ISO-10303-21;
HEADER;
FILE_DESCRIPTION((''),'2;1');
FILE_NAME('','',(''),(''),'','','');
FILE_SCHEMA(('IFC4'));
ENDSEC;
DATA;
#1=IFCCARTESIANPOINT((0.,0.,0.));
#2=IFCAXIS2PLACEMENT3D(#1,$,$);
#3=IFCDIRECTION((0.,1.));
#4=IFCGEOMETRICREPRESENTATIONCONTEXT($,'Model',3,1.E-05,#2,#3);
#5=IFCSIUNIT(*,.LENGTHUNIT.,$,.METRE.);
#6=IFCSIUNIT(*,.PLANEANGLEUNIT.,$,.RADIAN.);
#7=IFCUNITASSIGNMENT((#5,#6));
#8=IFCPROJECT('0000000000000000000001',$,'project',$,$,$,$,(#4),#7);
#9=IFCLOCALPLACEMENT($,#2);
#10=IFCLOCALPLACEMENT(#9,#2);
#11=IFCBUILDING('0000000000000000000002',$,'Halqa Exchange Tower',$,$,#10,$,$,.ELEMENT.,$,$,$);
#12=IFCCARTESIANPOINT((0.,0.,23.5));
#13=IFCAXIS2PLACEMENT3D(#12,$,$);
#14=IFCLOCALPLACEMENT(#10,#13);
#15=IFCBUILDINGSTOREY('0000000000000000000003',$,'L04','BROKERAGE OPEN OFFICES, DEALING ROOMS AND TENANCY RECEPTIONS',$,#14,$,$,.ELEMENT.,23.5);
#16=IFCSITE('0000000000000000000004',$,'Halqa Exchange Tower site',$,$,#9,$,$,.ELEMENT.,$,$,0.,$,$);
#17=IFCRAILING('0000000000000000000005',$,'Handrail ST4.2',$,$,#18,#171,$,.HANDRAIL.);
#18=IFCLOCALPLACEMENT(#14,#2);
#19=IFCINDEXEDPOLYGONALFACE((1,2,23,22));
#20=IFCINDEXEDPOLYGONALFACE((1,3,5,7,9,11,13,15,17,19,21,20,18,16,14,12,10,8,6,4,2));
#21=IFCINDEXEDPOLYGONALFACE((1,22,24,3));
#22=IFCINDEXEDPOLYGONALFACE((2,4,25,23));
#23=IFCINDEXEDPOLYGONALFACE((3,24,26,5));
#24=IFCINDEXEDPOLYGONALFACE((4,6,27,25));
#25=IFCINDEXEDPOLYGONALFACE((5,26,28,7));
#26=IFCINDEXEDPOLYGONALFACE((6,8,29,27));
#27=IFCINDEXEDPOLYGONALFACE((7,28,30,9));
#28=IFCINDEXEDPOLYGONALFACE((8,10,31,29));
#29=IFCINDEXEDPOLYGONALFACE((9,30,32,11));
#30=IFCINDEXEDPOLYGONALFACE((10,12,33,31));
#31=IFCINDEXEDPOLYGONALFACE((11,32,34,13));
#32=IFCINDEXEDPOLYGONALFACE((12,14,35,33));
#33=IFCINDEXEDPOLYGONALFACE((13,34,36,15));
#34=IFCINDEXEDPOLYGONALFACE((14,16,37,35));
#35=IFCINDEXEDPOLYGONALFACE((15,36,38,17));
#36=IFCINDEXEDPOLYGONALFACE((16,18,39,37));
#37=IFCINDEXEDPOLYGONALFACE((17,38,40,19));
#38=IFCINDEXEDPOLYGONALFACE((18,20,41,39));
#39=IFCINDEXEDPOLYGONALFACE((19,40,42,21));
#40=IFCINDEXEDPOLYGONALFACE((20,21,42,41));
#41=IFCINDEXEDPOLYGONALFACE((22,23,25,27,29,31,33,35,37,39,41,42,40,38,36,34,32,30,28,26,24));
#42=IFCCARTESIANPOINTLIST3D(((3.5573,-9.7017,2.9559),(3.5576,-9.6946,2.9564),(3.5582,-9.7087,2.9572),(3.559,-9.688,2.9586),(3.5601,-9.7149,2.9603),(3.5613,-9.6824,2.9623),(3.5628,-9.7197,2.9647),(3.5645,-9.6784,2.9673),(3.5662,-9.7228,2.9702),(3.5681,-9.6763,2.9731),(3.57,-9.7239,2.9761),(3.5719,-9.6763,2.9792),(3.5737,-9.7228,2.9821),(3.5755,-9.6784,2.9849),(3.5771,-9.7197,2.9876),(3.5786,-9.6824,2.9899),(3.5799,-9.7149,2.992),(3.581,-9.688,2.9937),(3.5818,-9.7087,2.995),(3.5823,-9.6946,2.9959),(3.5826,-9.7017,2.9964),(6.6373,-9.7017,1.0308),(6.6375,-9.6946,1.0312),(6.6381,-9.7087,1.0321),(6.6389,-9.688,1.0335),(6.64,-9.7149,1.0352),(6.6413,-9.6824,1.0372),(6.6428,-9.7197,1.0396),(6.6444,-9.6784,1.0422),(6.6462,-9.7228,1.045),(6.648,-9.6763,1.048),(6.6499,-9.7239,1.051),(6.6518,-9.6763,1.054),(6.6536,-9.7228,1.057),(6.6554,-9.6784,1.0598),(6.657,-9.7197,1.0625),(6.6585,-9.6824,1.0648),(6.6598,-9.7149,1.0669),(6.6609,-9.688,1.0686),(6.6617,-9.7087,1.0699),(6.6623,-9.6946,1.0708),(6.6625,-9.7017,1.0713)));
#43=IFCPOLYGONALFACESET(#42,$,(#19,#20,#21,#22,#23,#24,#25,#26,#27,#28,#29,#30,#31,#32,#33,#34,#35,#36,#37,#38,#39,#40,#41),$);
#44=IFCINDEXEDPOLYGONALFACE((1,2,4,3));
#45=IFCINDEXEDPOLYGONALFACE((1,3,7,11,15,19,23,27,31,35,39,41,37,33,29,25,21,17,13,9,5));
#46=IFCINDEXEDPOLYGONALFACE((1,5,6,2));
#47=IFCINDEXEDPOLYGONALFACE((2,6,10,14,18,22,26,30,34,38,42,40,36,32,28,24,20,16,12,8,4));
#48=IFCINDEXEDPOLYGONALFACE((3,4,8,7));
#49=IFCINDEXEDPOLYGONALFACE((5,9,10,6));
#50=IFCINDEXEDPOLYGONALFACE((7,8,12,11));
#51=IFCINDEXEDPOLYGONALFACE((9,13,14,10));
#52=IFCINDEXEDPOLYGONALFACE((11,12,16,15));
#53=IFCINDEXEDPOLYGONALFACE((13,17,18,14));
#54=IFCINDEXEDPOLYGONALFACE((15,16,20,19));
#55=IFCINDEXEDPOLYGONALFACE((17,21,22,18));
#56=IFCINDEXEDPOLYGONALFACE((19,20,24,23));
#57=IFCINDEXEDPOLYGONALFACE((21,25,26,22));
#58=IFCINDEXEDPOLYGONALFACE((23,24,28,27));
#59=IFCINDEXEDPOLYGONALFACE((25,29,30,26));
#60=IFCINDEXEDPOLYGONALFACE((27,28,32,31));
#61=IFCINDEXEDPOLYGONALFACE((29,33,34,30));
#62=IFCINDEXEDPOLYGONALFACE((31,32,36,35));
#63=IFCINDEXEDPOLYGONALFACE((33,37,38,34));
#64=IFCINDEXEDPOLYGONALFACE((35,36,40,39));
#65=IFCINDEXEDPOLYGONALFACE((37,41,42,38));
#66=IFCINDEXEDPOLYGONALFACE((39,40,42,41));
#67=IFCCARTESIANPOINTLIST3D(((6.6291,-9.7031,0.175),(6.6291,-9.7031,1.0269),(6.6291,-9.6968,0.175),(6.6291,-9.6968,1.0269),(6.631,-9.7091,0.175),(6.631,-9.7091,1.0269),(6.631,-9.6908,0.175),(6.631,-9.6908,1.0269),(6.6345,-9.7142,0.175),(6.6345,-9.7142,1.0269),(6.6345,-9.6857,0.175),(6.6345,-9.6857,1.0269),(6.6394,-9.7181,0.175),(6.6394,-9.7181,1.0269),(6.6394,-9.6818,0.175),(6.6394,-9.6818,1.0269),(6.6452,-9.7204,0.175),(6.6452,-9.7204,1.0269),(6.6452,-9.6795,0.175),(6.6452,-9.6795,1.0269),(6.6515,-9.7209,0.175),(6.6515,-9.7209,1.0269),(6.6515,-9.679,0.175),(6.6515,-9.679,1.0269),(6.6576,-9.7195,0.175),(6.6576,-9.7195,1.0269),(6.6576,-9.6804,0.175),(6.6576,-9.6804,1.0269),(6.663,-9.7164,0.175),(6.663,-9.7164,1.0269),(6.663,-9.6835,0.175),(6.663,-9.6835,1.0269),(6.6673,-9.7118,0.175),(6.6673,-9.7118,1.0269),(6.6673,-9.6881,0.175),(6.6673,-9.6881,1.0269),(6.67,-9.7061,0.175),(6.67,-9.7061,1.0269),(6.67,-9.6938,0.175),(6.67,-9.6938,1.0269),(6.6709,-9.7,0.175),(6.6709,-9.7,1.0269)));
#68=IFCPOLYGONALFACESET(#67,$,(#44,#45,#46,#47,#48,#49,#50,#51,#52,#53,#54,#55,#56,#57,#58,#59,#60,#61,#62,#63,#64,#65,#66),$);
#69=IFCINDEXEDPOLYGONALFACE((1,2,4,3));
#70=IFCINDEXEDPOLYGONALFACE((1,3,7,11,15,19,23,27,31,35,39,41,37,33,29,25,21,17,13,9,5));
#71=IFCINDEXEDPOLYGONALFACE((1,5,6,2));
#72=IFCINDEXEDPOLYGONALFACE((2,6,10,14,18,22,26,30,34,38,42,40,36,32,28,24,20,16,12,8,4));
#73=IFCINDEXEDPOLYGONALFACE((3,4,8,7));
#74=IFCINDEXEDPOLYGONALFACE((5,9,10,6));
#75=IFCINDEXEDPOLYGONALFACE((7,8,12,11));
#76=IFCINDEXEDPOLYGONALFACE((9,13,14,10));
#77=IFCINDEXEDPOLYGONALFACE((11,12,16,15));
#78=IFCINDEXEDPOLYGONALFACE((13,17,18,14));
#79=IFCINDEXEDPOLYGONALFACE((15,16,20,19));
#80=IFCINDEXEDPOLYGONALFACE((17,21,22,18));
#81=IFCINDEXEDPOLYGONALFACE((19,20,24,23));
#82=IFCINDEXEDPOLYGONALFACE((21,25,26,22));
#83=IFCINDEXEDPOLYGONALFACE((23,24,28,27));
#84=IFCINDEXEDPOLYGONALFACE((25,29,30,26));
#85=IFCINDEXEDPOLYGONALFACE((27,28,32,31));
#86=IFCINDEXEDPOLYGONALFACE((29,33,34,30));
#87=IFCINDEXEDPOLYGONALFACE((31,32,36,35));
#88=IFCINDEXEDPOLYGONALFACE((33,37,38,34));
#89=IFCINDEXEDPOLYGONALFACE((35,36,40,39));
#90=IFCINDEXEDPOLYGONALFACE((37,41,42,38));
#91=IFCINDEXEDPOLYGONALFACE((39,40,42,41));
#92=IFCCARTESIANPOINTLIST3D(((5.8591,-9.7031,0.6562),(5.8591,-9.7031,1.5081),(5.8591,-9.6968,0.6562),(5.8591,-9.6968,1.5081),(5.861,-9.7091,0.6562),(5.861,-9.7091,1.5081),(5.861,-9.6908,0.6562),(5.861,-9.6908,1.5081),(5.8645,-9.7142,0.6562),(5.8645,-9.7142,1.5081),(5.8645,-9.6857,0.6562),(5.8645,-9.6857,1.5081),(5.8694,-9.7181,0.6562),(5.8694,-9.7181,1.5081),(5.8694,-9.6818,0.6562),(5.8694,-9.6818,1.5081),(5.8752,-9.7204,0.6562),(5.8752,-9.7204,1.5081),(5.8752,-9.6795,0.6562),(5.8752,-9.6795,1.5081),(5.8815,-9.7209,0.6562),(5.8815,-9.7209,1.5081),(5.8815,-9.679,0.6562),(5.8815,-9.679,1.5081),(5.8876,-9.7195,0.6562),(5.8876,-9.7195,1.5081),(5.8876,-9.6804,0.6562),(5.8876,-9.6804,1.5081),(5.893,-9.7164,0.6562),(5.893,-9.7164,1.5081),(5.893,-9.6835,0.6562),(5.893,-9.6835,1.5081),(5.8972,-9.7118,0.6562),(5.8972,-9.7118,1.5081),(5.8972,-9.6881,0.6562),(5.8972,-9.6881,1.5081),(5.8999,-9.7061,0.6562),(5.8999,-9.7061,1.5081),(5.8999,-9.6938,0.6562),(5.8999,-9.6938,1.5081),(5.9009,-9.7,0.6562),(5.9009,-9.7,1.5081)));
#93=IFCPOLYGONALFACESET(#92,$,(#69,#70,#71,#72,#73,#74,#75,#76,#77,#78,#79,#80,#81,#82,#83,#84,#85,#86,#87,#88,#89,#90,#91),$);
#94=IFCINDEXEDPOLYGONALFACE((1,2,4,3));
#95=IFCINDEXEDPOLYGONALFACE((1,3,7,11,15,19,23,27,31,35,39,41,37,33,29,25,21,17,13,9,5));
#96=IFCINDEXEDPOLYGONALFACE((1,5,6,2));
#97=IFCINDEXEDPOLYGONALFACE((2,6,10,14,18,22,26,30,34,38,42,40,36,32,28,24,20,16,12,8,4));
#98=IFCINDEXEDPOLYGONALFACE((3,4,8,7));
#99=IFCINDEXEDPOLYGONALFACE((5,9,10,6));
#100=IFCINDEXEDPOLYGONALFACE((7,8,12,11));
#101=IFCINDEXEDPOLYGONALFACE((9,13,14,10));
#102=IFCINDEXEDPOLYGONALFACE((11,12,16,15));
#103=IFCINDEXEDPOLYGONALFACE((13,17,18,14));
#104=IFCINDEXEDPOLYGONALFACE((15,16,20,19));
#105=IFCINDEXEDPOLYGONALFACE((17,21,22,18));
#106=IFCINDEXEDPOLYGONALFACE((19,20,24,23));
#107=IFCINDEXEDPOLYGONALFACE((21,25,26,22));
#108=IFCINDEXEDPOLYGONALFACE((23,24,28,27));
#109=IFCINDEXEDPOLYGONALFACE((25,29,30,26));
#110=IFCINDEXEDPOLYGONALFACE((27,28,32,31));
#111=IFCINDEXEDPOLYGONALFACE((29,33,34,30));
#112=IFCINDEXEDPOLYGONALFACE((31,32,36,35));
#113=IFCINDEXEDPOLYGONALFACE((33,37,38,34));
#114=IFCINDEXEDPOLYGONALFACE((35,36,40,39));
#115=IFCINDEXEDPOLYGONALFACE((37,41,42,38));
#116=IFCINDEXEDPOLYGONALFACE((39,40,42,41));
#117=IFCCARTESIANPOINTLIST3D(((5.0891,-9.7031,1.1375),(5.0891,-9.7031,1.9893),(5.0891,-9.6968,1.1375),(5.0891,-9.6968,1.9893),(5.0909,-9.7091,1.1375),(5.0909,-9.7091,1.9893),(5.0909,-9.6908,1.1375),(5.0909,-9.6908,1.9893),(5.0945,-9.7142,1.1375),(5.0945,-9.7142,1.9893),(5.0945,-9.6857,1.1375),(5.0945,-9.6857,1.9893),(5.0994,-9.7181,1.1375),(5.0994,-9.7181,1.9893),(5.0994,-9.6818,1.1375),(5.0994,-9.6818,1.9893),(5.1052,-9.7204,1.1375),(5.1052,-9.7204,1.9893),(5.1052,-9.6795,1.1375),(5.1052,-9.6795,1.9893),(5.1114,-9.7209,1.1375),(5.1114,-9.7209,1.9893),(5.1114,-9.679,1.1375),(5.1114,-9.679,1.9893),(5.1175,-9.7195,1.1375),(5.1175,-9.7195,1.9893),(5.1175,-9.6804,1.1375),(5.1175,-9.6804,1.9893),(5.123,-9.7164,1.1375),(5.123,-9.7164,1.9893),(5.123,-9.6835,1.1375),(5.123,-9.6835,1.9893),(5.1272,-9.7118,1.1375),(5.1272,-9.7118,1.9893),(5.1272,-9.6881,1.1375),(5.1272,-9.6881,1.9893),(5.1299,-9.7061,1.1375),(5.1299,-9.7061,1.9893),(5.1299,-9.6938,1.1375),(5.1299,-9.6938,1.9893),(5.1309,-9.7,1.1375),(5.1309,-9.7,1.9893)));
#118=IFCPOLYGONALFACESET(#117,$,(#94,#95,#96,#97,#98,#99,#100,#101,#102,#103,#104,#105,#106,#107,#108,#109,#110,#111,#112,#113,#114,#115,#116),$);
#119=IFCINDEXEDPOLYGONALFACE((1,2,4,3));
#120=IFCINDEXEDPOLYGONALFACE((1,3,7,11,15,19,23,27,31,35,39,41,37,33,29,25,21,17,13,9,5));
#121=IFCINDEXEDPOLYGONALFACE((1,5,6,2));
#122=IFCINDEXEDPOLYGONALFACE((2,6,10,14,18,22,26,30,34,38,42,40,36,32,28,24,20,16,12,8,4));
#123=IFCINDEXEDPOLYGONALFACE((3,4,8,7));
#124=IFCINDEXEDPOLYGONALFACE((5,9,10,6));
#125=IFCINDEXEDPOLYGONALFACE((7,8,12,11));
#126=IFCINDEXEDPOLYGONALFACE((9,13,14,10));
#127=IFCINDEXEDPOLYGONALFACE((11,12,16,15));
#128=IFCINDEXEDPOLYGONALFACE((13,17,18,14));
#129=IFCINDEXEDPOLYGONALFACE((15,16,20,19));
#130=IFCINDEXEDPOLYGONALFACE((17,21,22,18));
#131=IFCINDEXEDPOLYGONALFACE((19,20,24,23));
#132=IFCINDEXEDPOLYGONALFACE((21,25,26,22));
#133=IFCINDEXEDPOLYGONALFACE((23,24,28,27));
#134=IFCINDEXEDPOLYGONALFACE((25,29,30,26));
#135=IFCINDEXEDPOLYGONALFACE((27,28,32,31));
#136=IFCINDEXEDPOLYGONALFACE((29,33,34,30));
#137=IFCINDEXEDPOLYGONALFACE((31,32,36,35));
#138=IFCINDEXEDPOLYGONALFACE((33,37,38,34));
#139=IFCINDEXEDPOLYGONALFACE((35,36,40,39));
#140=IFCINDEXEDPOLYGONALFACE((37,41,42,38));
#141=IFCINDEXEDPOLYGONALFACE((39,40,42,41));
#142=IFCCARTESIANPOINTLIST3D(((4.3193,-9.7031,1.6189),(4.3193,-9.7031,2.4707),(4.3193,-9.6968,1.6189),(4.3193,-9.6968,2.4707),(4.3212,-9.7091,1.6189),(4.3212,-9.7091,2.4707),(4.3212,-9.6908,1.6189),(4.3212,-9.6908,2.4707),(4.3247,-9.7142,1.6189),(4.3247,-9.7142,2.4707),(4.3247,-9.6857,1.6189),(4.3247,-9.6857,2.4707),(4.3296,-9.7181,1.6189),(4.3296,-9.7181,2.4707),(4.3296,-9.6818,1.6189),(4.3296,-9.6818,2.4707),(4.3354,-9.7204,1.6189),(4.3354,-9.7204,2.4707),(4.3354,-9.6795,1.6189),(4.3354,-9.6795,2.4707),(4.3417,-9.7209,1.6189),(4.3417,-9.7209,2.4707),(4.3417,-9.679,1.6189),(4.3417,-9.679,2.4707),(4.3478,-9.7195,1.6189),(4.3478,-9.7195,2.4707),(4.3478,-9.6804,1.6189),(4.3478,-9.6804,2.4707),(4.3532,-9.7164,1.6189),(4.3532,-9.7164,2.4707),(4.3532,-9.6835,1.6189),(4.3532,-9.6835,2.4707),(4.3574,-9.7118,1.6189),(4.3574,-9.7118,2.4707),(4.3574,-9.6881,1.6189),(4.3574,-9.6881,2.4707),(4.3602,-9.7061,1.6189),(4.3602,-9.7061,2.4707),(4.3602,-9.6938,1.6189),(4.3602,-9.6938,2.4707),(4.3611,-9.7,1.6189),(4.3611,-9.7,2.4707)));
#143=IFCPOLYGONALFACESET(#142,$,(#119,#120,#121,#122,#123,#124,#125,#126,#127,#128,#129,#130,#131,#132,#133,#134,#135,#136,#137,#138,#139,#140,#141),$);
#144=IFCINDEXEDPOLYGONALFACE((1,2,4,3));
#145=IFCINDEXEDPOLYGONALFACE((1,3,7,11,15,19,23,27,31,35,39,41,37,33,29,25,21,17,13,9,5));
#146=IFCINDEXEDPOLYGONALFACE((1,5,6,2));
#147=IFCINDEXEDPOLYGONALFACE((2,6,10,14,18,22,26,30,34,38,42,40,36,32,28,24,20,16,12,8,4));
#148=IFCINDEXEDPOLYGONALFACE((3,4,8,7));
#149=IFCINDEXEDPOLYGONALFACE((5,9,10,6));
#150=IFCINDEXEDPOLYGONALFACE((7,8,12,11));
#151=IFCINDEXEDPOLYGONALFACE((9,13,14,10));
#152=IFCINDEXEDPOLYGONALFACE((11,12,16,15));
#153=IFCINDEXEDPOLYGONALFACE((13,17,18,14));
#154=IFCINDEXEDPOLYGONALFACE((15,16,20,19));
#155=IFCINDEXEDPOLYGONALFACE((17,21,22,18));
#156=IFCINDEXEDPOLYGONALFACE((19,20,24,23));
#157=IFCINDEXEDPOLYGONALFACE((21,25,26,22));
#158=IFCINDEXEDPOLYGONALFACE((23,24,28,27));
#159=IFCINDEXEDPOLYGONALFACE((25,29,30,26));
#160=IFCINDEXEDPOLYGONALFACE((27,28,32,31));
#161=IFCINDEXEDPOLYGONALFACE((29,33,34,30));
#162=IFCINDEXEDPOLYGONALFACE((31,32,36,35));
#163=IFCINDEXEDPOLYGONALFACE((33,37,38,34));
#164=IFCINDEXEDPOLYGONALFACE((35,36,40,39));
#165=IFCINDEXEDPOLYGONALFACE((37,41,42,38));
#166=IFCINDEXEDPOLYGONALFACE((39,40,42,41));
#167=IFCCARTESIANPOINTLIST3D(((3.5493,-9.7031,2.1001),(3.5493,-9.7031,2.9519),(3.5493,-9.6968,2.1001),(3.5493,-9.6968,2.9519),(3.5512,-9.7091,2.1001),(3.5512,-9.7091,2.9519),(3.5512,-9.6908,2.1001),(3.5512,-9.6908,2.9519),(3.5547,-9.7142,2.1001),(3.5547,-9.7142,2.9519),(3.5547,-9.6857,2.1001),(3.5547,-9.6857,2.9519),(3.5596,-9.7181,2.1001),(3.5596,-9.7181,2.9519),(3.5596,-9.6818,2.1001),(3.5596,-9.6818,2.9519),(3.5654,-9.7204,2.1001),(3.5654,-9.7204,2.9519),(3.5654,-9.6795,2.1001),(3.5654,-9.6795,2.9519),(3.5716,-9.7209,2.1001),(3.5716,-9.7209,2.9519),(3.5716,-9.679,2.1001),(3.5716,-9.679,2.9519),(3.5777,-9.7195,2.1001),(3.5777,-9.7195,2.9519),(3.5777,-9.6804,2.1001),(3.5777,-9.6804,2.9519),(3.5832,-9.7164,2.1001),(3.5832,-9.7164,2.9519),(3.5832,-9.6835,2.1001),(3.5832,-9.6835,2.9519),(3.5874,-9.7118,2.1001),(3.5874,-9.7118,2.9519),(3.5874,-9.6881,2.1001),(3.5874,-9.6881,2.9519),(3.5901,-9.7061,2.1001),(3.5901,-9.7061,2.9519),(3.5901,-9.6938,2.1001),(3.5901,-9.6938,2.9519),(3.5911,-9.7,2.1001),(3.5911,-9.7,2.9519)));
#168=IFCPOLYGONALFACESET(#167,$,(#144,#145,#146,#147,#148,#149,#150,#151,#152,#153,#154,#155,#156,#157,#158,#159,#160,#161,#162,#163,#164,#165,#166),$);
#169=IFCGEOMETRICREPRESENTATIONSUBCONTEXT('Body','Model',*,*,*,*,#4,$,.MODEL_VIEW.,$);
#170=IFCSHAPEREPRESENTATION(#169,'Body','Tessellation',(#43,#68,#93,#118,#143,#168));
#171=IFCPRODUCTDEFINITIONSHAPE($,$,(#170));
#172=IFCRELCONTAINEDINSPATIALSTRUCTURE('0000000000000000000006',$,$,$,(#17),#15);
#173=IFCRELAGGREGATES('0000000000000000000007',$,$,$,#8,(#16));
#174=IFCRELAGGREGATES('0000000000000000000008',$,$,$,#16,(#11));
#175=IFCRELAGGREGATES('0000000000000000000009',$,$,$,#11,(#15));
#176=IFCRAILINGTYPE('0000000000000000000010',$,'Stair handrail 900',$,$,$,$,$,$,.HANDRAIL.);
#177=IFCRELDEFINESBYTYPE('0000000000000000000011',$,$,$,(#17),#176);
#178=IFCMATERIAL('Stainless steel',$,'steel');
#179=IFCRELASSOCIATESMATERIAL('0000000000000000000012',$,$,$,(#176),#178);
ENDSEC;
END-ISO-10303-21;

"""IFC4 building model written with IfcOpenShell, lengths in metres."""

from ifc_helpers import new_model, si_unit, direction, frame, origin, origin_2d, place, context, subcontext, project, spatial, circle, extrude, material, type_object, element, save


model = new_model("IFC4")

# Units and contexts
model_context = context("Model", 3, precision=1e-05, world=origin(), true_north=direction((0.0, 1.0)))
body_context = subcontext(model_context, "Body", "Model", "MODEL_VIEW")
ifc_project = project(units=[si_unit("LENGTHUNIT", "METRE"), si_unit("PLANEANGLEUNIT", "RADIAN")], contexts=[model_context])

# Site, building, storey
site_placement = place(None, origin())
site = spatial("IfcSite", under=ifc_project, at=site_placement, Name="Halqa Exchange Tower site", CompositionType="ELEMENT", RefElevation=0.0)
building_placement = place(site_placement, origin())
building = spatial("IfcBuilding", under=site, at=building_placement, Name="Halqa Exchange Tower", CompositionType="ELEMENT")
storey_placement = place(building_placement, frame((0.0, 0.0, 23.5)))
storey = spatial("IfcBuildingStorey", under=building, at=storey_placement, Name="L04", Description="BROKERAGE OPEN OFFICES, DEALING ROOMS AND TENANCY RECEPTIONS", CompositionType="ELEMENT", Elevation=23.5)

# Railing
ifc_material_1 = material(Name="Stainless steel", Category="steel")
railing_type_1 = type_object("IfcRailingType", Name="Stair handrail 900", PredefinedType="HANDRAIL", material=ifc_material_1)
railing_1_placement = place(storey_placement, frame((6.6499, -9.7, 0.175)))
element("IfcRailing", 1, at=railing_1_placement, inside=storey, type_object=railing_type_1, Name="Handrail ST4.2", PredefinedType="HANDRAIL", context=body_context, shape_type="SweptSolid", body=[
    extrude(circle(Radius=0.0239, at=origin_2d()), frame((0.0, 0.0, 0.876), z_axis=(-0.847979, 0.0, 0.530029), x_axis=(0.0, -1.0, 0.0)), (0.0, 0.0, 1.0), 3.6321),
    extrude(circle(Radius=0.021, at=origin_2d()), origin(), (0.0, 0.0, 1.0), 0.8518),
    extrude(circle(Radius=0.021, at=origin_2d()), frame((-0.77, 0.0, 0.4812)), (0.0, 0.0, 1.0), 0.8518),
    extrude(circle(Radius=0.021, at=origin_2d()), frame((-1.54, 0.0, 0.9624)), (0.0, 0.0, 1.0), 0.8518),
    extrude(circle(Radius=0.021, at=origin_2d()), frame((-2.3098, 0.0, 1.4438)), (0.0, 0.0, 1.0), 0.8518),
    extrude(circle(Radius=0.021, at=origin_2d()), frame((-3.0798, 0.0, 1.925)), (0.0, 0.0, 1.0), 0.8518),
])

save(model, "model.ifc")
